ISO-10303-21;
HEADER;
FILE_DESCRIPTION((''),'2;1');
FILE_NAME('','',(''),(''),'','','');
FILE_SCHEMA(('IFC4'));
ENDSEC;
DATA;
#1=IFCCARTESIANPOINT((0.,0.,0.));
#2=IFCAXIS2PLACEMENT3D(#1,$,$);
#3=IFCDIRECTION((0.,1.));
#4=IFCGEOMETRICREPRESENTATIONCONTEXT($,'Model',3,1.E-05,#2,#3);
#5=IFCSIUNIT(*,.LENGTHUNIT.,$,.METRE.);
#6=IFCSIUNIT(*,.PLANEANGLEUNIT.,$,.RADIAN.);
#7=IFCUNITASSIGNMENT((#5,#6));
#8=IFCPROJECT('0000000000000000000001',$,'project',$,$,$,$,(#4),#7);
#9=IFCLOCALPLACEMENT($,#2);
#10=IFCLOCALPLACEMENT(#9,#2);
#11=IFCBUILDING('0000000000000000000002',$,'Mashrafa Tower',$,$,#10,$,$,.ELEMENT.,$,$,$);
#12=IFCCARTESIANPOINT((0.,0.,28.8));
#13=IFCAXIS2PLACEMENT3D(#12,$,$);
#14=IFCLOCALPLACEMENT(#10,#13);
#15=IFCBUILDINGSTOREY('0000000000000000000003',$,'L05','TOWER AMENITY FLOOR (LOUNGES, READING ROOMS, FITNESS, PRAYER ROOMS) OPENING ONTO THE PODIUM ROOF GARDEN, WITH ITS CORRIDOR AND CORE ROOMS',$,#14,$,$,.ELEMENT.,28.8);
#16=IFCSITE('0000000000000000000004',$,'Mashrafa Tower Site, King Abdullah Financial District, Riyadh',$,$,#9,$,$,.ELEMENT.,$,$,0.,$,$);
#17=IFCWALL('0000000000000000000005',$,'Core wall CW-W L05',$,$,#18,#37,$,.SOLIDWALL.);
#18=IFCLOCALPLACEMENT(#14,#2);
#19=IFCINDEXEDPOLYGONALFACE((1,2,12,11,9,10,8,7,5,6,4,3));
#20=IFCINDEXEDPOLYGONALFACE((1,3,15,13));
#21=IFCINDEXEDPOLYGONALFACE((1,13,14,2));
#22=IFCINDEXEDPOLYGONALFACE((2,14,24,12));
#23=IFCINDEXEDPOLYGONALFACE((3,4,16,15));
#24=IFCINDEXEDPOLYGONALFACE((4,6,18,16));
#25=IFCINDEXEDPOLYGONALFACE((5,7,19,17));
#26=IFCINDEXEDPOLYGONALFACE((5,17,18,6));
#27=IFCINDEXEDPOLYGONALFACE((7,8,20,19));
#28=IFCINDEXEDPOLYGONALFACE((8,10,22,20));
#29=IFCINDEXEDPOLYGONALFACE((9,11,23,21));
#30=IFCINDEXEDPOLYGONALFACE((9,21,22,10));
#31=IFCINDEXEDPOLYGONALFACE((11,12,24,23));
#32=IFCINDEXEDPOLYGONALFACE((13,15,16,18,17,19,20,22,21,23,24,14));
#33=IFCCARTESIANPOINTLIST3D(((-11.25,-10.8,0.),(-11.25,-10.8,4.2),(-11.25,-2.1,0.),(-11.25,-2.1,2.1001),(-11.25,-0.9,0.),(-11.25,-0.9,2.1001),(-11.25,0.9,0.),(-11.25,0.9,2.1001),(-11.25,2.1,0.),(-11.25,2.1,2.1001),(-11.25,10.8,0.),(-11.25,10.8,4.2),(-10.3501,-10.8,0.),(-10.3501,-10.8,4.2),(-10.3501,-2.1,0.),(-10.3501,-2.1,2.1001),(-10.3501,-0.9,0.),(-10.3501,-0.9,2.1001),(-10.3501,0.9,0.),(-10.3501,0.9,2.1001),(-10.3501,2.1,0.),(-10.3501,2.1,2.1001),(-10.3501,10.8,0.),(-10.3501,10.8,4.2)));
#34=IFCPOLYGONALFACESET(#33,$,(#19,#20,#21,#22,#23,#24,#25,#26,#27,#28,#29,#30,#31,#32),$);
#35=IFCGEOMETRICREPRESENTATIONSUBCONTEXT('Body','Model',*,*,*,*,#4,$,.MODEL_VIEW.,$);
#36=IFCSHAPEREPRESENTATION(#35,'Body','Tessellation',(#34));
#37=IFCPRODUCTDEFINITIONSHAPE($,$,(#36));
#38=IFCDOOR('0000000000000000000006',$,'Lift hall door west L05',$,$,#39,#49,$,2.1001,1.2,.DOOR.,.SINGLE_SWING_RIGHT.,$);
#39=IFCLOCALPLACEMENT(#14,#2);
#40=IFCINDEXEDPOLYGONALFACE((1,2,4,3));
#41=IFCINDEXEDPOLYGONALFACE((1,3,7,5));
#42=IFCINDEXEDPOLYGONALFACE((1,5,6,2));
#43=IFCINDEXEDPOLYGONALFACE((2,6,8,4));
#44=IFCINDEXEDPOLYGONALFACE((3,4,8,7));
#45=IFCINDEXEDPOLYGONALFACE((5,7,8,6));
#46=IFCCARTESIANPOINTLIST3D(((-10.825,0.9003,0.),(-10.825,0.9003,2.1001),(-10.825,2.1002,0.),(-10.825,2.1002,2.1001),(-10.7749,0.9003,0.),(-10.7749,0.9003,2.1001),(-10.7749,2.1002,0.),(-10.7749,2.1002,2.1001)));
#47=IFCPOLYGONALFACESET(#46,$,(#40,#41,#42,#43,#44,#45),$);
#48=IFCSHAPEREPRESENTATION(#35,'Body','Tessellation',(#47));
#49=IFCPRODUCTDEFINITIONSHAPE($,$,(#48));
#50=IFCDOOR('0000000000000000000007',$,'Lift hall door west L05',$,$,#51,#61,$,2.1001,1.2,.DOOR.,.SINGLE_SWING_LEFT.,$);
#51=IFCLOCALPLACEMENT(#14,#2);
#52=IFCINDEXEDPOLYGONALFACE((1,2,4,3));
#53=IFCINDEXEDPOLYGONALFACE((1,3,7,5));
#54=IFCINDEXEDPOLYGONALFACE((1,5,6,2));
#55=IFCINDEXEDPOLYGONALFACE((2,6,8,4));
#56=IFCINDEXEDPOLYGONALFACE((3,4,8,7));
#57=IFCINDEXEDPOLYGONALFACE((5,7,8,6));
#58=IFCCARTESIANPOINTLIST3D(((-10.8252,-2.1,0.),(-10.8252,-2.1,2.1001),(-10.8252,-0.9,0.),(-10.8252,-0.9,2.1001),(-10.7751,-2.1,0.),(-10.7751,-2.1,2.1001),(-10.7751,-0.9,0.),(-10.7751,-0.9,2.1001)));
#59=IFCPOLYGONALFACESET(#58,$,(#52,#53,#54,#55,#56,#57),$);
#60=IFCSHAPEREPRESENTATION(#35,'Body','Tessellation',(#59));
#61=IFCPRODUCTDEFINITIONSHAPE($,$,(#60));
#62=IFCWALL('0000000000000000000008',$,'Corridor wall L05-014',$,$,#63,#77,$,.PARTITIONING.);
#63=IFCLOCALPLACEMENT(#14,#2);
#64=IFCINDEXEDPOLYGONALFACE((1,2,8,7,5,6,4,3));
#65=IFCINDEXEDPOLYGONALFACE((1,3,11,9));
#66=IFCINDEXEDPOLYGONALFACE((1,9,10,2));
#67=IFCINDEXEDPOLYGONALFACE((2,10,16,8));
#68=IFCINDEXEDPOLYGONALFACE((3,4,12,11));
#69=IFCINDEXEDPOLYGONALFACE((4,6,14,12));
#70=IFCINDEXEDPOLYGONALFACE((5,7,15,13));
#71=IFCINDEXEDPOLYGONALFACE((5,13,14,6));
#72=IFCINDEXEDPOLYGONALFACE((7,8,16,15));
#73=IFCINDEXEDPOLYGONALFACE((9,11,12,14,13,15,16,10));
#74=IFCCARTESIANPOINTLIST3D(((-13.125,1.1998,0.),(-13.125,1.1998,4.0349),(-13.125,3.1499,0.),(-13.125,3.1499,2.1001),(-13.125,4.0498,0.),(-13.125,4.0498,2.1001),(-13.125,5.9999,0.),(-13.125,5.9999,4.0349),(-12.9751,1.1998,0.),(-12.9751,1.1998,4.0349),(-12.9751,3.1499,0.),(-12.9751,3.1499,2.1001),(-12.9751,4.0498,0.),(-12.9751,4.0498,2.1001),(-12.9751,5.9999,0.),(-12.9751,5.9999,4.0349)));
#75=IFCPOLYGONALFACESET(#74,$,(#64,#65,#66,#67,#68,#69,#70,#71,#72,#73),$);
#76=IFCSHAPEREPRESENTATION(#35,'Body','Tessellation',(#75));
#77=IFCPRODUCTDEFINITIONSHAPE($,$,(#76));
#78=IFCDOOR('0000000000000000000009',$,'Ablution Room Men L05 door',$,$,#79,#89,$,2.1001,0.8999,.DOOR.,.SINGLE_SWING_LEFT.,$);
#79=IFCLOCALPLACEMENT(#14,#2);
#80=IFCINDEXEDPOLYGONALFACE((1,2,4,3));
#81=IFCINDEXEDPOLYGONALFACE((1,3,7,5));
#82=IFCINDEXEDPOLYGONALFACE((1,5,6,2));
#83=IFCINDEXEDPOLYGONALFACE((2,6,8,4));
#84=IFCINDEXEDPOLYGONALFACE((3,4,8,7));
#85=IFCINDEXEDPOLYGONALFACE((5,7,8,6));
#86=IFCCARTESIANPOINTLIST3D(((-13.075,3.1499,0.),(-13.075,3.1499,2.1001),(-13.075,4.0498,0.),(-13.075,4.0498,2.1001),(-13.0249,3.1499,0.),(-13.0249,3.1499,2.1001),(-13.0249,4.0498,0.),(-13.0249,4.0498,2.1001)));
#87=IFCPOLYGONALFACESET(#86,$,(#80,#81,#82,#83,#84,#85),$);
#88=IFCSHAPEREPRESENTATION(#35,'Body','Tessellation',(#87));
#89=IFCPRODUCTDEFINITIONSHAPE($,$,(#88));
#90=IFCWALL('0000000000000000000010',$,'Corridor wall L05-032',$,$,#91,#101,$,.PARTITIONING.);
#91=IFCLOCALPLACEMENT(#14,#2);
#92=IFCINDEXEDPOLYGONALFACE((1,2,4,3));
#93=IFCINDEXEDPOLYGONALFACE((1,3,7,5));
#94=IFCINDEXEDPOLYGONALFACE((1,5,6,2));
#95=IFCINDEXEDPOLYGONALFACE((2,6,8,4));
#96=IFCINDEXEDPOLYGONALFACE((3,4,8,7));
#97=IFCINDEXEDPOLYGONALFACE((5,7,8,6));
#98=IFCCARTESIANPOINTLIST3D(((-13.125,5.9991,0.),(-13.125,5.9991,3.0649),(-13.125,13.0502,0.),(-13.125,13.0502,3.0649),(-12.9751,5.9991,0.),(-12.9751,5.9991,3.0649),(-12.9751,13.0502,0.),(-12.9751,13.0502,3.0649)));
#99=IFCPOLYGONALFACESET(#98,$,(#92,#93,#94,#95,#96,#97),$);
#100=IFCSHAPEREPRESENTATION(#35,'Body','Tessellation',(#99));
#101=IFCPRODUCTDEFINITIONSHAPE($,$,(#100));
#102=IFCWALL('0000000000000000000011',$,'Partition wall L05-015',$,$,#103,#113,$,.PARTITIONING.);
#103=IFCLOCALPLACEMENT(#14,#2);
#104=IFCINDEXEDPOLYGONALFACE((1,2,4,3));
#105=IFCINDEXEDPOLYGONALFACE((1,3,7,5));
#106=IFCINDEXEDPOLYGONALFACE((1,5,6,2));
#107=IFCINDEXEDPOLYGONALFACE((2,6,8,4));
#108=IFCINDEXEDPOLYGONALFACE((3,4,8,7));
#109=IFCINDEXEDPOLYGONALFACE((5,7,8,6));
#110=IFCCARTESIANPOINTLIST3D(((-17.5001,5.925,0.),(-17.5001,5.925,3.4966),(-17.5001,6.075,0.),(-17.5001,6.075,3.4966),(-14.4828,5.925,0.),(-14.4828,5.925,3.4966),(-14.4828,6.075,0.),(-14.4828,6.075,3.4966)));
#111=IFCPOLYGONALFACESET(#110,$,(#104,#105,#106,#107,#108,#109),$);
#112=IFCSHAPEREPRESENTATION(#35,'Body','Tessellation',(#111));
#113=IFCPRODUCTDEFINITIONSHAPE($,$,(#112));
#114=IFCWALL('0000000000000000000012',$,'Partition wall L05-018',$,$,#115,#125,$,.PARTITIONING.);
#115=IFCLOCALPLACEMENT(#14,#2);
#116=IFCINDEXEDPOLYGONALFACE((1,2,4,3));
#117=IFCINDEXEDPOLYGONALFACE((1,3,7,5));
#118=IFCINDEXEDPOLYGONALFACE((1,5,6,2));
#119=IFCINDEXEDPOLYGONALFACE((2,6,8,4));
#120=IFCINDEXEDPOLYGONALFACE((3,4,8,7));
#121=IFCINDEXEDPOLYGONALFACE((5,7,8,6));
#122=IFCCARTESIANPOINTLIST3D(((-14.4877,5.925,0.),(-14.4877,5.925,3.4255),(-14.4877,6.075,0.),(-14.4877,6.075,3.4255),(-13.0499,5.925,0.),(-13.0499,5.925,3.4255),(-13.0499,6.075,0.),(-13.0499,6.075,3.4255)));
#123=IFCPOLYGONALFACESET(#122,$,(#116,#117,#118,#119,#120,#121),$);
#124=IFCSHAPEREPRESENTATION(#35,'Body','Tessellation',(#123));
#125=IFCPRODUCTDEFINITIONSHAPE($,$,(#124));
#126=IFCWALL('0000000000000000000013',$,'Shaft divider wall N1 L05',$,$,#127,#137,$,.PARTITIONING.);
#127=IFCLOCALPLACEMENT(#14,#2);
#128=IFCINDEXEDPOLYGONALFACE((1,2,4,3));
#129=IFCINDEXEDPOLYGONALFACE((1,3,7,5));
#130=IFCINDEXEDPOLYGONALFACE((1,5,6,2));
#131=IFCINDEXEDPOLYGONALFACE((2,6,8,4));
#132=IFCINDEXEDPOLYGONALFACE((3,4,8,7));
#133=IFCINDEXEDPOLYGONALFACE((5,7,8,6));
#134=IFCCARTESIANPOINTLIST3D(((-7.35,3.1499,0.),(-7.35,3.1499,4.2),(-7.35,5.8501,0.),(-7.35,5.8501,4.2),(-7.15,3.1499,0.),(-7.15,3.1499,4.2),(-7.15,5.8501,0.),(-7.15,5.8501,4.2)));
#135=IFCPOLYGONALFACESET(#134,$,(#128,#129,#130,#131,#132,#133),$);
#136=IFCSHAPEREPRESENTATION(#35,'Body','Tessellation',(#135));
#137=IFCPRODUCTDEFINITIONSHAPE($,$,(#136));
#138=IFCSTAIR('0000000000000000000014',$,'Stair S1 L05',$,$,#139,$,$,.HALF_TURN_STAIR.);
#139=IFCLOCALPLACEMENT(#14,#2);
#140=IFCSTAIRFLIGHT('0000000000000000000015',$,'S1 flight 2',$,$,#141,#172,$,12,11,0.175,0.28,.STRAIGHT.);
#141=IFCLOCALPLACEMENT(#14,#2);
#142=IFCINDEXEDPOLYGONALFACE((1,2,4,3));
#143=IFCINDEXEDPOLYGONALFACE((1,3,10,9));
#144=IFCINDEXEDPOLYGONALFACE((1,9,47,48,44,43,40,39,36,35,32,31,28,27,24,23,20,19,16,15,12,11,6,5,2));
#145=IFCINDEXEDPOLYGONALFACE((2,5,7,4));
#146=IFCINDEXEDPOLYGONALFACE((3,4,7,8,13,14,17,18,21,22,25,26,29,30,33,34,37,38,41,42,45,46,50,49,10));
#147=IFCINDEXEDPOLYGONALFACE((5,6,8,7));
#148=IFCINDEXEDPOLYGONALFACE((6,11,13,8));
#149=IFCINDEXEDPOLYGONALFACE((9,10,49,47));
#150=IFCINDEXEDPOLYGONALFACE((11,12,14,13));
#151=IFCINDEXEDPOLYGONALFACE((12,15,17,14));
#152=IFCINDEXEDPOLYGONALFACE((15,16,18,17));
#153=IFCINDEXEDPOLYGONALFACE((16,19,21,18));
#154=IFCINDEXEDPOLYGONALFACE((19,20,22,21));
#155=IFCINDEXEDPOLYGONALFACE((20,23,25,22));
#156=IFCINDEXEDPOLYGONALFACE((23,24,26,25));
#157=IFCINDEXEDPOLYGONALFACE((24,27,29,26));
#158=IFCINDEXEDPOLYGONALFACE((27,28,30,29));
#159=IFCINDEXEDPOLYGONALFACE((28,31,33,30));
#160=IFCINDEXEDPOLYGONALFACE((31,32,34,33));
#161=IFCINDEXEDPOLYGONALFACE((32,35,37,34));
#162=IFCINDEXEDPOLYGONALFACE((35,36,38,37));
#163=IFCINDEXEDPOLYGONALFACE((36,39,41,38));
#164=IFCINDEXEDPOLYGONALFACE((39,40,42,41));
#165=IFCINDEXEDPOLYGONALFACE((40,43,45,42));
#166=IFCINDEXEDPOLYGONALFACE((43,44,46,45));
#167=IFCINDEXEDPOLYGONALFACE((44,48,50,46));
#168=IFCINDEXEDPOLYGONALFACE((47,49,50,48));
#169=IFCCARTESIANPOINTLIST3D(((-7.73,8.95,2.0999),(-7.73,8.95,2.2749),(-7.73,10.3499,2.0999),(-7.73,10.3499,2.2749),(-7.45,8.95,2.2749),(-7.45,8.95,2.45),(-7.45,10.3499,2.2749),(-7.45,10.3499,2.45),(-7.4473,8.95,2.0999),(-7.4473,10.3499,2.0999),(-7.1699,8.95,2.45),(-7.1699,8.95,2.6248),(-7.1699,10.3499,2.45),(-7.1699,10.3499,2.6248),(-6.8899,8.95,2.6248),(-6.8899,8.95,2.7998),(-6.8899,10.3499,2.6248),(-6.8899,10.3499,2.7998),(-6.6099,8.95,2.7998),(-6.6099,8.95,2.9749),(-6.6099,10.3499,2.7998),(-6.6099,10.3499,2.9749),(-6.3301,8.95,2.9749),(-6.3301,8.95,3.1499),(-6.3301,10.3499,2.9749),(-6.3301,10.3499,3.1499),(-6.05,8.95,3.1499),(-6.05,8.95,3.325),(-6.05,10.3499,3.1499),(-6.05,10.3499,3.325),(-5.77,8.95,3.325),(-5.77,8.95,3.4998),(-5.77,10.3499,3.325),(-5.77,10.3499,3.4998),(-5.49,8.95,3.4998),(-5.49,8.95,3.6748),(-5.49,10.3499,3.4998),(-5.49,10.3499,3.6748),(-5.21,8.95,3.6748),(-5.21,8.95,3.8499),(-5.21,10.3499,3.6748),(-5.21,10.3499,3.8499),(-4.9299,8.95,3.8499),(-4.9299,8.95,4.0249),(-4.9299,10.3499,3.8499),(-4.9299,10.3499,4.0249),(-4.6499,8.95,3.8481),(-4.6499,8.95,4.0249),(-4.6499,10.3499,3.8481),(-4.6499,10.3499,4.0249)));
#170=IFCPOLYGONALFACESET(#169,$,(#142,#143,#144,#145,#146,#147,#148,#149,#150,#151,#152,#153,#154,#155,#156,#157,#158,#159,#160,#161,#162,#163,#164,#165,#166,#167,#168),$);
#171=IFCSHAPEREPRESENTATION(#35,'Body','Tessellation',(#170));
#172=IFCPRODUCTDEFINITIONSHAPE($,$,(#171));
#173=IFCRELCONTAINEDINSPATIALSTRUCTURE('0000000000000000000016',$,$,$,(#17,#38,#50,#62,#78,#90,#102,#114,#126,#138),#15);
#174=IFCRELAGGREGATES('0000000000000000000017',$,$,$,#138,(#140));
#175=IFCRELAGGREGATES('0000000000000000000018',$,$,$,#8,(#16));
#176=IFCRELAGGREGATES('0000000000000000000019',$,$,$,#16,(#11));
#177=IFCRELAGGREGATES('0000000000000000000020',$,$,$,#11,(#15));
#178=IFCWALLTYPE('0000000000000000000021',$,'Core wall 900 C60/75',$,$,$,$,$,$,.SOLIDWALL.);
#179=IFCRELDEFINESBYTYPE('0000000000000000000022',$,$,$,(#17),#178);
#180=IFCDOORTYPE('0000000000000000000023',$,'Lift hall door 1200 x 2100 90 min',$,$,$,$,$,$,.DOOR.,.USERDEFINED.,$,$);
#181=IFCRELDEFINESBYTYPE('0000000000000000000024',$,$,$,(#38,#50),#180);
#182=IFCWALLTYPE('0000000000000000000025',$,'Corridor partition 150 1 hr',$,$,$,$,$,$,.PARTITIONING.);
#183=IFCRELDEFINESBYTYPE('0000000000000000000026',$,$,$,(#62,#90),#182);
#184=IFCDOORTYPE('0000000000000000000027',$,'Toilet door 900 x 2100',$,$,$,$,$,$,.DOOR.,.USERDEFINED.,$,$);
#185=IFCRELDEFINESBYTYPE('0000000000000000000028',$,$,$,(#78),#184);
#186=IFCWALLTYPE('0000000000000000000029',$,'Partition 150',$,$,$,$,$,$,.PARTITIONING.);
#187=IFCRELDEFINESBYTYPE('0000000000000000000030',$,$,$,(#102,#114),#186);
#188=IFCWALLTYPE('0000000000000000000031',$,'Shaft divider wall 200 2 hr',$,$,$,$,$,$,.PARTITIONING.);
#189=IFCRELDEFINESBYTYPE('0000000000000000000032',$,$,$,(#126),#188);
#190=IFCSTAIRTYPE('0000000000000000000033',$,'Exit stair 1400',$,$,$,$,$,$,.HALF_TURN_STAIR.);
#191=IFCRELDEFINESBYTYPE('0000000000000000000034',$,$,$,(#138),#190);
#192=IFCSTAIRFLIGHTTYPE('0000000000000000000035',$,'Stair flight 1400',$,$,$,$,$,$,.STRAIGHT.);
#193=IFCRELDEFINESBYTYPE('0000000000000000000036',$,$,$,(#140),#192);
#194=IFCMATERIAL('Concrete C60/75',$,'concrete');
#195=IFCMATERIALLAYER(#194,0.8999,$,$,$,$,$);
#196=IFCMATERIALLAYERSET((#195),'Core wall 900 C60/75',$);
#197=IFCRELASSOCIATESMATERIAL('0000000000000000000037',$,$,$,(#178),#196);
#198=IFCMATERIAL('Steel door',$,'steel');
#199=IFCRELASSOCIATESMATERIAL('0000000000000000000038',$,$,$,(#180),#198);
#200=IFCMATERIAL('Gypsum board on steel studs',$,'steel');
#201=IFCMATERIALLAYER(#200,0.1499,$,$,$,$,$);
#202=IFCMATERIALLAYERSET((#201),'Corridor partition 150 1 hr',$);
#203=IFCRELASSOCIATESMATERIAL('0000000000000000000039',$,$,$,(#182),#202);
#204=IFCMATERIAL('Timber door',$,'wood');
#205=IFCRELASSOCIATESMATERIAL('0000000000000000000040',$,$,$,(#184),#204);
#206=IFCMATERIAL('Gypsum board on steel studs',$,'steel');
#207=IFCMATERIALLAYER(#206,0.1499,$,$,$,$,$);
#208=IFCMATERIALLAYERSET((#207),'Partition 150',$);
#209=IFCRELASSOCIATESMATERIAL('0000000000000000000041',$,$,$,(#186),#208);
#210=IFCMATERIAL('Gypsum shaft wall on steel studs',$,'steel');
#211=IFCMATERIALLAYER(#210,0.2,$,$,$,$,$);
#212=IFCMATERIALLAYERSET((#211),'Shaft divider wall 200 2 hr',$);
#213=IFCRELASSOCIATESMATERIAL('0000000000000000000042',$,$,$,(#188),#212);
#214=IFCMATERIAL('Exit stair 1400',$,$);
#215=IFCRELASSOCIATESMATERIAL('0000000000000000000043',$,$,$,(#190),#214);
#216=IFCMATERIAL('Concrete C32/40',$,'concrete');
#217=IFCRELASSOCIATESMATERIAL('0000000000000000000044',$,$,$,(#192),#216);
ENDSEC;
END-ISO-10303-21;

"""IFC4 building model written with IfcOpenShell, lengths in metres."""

from ifc_helpers import new_model, si_unit, direction, frame, frame_2d, origin, place, context, subcontext, project, spatial, polyline, rectangle, outline, extrude, material, layer, layer_set, type_object, element, fill, aggregate, save


model = new_model("IFC4")

# Units and contexts
model_context = context("Model", 3, precision=1e-05, world=origin(), true_north=direction((0.0, 1.0)))
body_context = subcontext(model_context, "Body", "Model", "MODEL_VIEW")
ifc_project = project(units=[si_unit("LENGTHUNIT", "METRE"), si_unit("PLANEANGLEUNIT", "RADIAN")], contexts=[model_context])

# Site, building, storey
site_placement = place(None, origin())
site = spatial("IfcSite", under=ifc_project, at=site_placement, Name="Mashrafa Tower Site, King Abdullah Financial District, Riyadh", CompositionType="ELEMENT", RefElevation=0.0)
building_placement = place(site_placement, origin())
building = spatial("IfcBuilding", under=site, at=building_placement, Name="Mashrafa Tower", CompositionType="ELEMENT")
storey_placement = place(building_placement, frame((0.0, 0.0, 28.8)))
storey = spatial("IfcBuildingStorey", under=building, at=storey_placement, Name="L05", Description="TOWER AMENITY FLOOR (LOUNGES, READING ROOMS, FITNESS, PRAYER ROOMS) OPENING ONTO THE PODIUM ROOF GARDEN, WITH ITS CORRIDOR AND CORE ROOMS", CompositionType="ELEMENT", Elevation=28.8)

# Wall, openings, doors
ifc_material_1 = material(Name="Concrete C60/75", Category="concrete")
ifc_layer_1 = layer(ifc_material_1, 0.8999)
ifc_layer_set_1 = layer_set([ifc_layer_1], Name="Core wall 900 C60/75")
wall_type_1 = type_object("IfcWallType", Name="Core wall 900 C60/75", PredefinedType="SOLIDWALL", material=ifc_layer_set_1)
wall_1_placement = place(storey_placement, frame((-10.8, 10.8, 0.0), z_axis=(0.0, 0.0, 1.0), x_axis=(0.0, -1.0, 0.0)))
wall_1 = element("IfcWall", 1, at=wall_1_placement, inside=storey, type_object=wall_type_1, Name="Core wall CW-W L05", PredefinedType="SOLIDWALL", context=body_context, shape_type="SweptSolid", body=[
    extrude(rectangle(XDim=21.6001, YDim=0.8999, at=frame_2d((10.8, 0.0))), origin(), (0.0, 0.0, 1.0), 4.2),
])
opening_1_placement = place(wall_1_placement, frame((8.7, 0.0, 0.0)))
opening_1 = element("IfcOpeningElement", 2, at=opening_1_placement, cuts=wall_1, PredefinedType="OPENING", context=body_context, shape_type="SweptSolid", body=[
    extrude(rectangle(XDim=1.2, YDim=2.1001, at=frame_2d((0.6001, 1.05))), frame((0.0, 0.46, 0.0), z_axis=(0.0, -1.0, 0.0), x_axis=(1.0, 0.0, 0.0)), (0.0, 0.0, 1.0), 0.9199),
])
opening_2_placement = place(wall_1_placement, frame((11.7, 0.0, 0.0)))
opening_2 = element("IfcOpeningElement", 3, at=opening_2_placement, cuts=wall_1, PredefinedType="OPENING", context=body_context, shape_type="SweptSolid", body=[
    extrude(rectangle(XDim=1.2, YDim=2.1001, at=frame_2d((0.6001, 1.05))), frame((0.0, 0.46, 0.0), z_axis=(0.0, -1.0, 0.0), x_axis=(1.0, 0.0, 0.0)), (0.0, 0.0, 1.0), 0.9199),
])
ifc_material_2 = material(Name="Steel door", Category="steel")
door_type_1 = type_object("IfcDoorType", Name="Lift hall door 1200 x 2100 90 min", OperationType="USERDEFINED", PredefinedType="DOOR", material=ifc_material_2)
door_1_placement = place(opening_1_placement, frame((1.2, 0.0, 0.0), z_axis=(0.0, 0.0, 1.0), x_axis=(-1.0, 0.0, 0.0)))
door_1 = element("IfcDoor", 4, at=door_1_placement, inside=storey, type_object=door_type_1, Name="Lift hall door west L05", OperationType="SINGLE_SWING_RIGHT", OverallHeight=2.1001, OverallWidth=1.2, PredefinedType="DOOR", context=body_context, shape_type="SweptSolid", body=[
    extrude(rectangle(XDim=1.2, YDim=2.1001, at=frame_2d((0.6001, 1.05))), frame((0.0, 0.0249, 0.0), z_axis=(0.0, -1.0, 0.0), x_axis=(1.0, 0.0, 0.0)), (0.0, 0.0, 1.0), 0.05),
])
fill(opening_1, door_1)
door_2_placement = place(opening_2_placement, origin())
door_2 = element("IfcDoor", 5, at=door_2_placement, inside=storey, type_object=door_type_1, Name="Lift hall door west L05", OperationType="SINGLE_SWING_LEFT", OverallHeight=2.1001, OverallWidth=1.2, PredefinedType="DOOR", context=body_context, shape_type="SweptSolid", body=[
    extrude(rectangle(XDim=1.2, YDim=2.1001, at=frame_2d((0.6001, 1.05))), frame((0.0, 0.0249, 0.0), z_axis=(0.0, -1.0, 0.0), x_axis=(1.0, 0.0, 0.0)), (0.0, 0.0, 1.0), 0.05),
])
fill(opening_2, door_2)

# Wall, opening, door
ifc_material_3 = material(Name="Gypsum board on steel studs", Category="steel")
ifc_layer_2 = layer(ifc_material_3, 0.1499)
ifc_layer_set_2 = layer_set([ifc_layer_2], Name="Corridor partition 150 1 hr")
wall_type_2 = type_object("IfcWallType", Name="Corridor partition 150 1 hr", PredefinedType="PARTITIONING", material=ifc_layer_set_2)
wall_2_placement = place(storey_placement, frame((-13.05, 1.2, 0.0), z_axis=(0.0, 0.0, 1.0), x_axis=(0.0, 1.0, 0.0)))
wall_2 = element("IfcWall", 6, at=wall_2_placement, inside=storey, type_object=wall_type_2, Name="Corridor wall L05-014", PredefinedType="PARTITIONING", context=body_context, shape_type="SweptSolid", body=[
    extrude(rectangle(XDim=4.8, YDim=0.1499, at=frame_2d((2.3999, 0.0))), origin(), (0.0, 0.0, 1.0), 4.0349),
])
opening_3_placement = place(wall_2_placement, frame((1.95, 0.0, 0.0)))
opening_3 = element("IfcOpeningElement", 7, at=opening_3_placement, cuts=wall_2, PredefinedType="OPENING", context=body_context, shape_type="SweptSolid", body=[
    extrude(rectangle(XDim=0.8999, YDim=2.1001, at=frame_2d((0.45, 1.05))), frame((0.0, 0.085, 0.0), z_axis=(0.0, -1.0, 0.0), x_axis=(1.0, 0.0, 0.0)), (0.0, 0.0, 1.0), 0.1699),
])
ifc_material_4 = material(Name="Timber door", Category="wood")
door_type_2 = type_object("IfcDoorType", Name="Toilet door 900 x 2100", OperationType="USERDEFINED", PredefinedType="DOOR", material=ifc_material_4)
door_3_placement = place(opening_3_placement, origin())
door_3 = element("IfcDoor", 8, at=door_3_placement, inside=storey, type_object=door_type_2, Name="Ablution Room Men L05 door", OperationType="SINGLE_SWING_LEFT", OverallHeight=2.1001, OverallWidth=0.8999, PredefinedType="DOOR", context=body_context, shape_type="SweptSolid", body=[
    extrude(rectangle(XDim=0.8999, YDim=2.1001, at=frame_2d((0.45, 1.05))), frame((0.0, 0.0249, 0.0), z_axis=(0.0, -1.0, 0.0), x_axis=(1.0, 0.0, 0.0)), (0.0, 0.0, 1.0), 0.05),
])
fill(opening_3, door_3)

# Walls
wall_3_placement = place(storey_placement, frame((-13.05, 13.05, 0.0), z_axis=(0.0, 0.0, 1.0), x_axis=(0.0, -1.0, 0.0)))
element("IfcWall", 9, at=wall_3_placement, inside=storey, type_object=wall_type_2, Name="Corridor wall L05-032", PredefinedType="PARTITIONING", context=body_context, shape_type="SweptSolid", body=[
    extrude(rectangle(XDim=7.051, YDim=0.1499, at=frame_2d((3.5254, 0.0))), origin(), (0.0, 0.0, 1.0), 3.0649),
])
ifc_material_5 = material(Name="Gypsum board on steel studs", Category="steel")
ifc_layer_3 = layer(ifc_material_5, 0.1499)
ifc_layer_set_3 = layer_set([ifc_layer_3], Name="Partition 150")
wall_type_3 = type_object("IfcWallType", Name="Partition 150", PredefinedType="PARTITIONING", material=ifc_layer_set_3)
wall_4_placement = place(storey_placement, frame((-14.4827, 6.0, 0.0), z_axis=(0.0, 0.0, 1.0), x_axis=(-1.0, 0.0, 0.0)))
element("IfcWall", 10, at=wall_4_placement, inside=storey, type_object=wall_type_3, Name="Partition wall L05-015", PredefinedType="PARTITIONING", context=body_context, shape_type="SweptSolid", body=[
    extrude(rectangle(XDim=3.0173, YDim=0.1499, at=frame_2d((1.5088, 0.0))), origin(), (0.0, 0.0, 1.0), 3.4966),
])
wall_5_placement = place(storey_placement, frame((-13.05, 6.0, 0.0), z_axis=(0.0, 0.0, 1.0), x_axis=(-1.0, 0.0, 0.0)))
element("IfcWall", 11, at=wall_5_placement, inside=storey, type_object=wall_type_3, Name="Partition wall L05-018", PredefinedType="PARTITIONING", context=body_context, shape_type="SweptSolid", body=[
    extrude(rectangle(XDim=1.4377, YDim=0.1499, at=frame_2d((0.7188, 0.0))), origin(), (0.0, 0.0, 1.0), 3.4255),
])
ifc_material_6 = material(Name="Gypsum shaft wall on steel studs", Category="steel")
ifc_layer_4 = layer(ifc_material_6, 0.2)
ifc_layer_set_4 = layer_set([ifc_layer_4], Name="Shaft divider wall 200 2 hr")
wall_type_4 = type_object("IfcWallType", Name="Shaft divider wall 200 2 hr", PredefinedType="PARTITIONING", material=ifc_layer_set_4)
wall_6_placement = place(storey_placement, frame((-7.25, 3.1499, 0.0), z_axis=(0.0, 0.0, 1.0), x_axis=(0.0, 1.0, 0.0)))
element("IfcWall", 12, at=wall_6_placement, inside=storey, type_object=wall_type_4, Name="Shaft divider wall N1 L05", PredefinedType="PARTITIONING", context=body_context, shape_type="SweptSolid", body=[
    extrude(rectangle(XDim=2.7002, YDim=0.2, at=frame_2d((1.3501, 0.0))), origin(), (0.0, 0.0, 1.0), 4.2),
])

# Stair, stair flight
ifc_material_7 = material(Name="Exit stair 1400")
stair_type = type_object("IfcStairType", Name="Exit stair 1400", PredefinedType="HALF_TURN_STAIR", material=ifc_material_7)
stair_placement = place(storey_placement, origin())
stair = element("IfcStair", 13, at=stair_placement, inside=storey, type_object=stair_type, Name="Stair S1 L05", PredefinedType="HALF_TURN_STAIR")
ifc_material_8 = material(Name="Concrete C32/40", Category="concrete")
stair_flight_type = type_object("IfcStairFlightType", Name="Stair flight 1400", PredefinedType="STRAIGHT", material=ifc_material_8)
stair_flight_placement = place(storey_placement, frame((-7.73, 9.6499, 2.0999), z_axis=(0.0, 0.0, 1.0), x_axis=(1.0, 0.0, 0.0)))
stair_flight = element("IfcStairFlight", 14, at=stair_flight_placement, type_object=stair_flight_type, Name="S1 flight 2", NumberOfRisers=12, NumberOfTreads=11, PredefinedType="STRAIGHT", RiserHeight=0.175, TreadLength=0.28, context=body_context, shape_type="SweptSolid", body=[
    extrude(outline(polyline([(0.0, 0.0), (0.0, 0.175), (0.28, 0.175), (0.28, 0.3501), (0.5601, 0.3501), (0.5601, 0.5249), (0.8401, 0.5249), (0.8401, 0.7), (1.1201, 0.7), (1.1201, 0.875), (1.3999, 0.875), (1.3999, 1.05), (1.6799, 1.05), (1.6799, 1.2251), (1.96, 1.2251), (1.96, 1.3999), (2.24, 1.3999), (2.24, 1.575), (2.52, 1.575), (2.52, 1.75), (2.8, 1.75), (2.8, 1.925), (3.0801, 1.925), (3.0801, 2.1001), (3.0801, 1.7483), (0.2827, 0.0), (0.0, 0.0)])), frame((0.0, 0.7, 0.0), z_axis=(0.0, -1.0, 0.0), x_axis=(1.0, 0.0, 0.0)), (0.0, 0.0, 1.0), 1.3999),
])
aggregate(stair, [stair_flight])

save(model, "model.ifc")
